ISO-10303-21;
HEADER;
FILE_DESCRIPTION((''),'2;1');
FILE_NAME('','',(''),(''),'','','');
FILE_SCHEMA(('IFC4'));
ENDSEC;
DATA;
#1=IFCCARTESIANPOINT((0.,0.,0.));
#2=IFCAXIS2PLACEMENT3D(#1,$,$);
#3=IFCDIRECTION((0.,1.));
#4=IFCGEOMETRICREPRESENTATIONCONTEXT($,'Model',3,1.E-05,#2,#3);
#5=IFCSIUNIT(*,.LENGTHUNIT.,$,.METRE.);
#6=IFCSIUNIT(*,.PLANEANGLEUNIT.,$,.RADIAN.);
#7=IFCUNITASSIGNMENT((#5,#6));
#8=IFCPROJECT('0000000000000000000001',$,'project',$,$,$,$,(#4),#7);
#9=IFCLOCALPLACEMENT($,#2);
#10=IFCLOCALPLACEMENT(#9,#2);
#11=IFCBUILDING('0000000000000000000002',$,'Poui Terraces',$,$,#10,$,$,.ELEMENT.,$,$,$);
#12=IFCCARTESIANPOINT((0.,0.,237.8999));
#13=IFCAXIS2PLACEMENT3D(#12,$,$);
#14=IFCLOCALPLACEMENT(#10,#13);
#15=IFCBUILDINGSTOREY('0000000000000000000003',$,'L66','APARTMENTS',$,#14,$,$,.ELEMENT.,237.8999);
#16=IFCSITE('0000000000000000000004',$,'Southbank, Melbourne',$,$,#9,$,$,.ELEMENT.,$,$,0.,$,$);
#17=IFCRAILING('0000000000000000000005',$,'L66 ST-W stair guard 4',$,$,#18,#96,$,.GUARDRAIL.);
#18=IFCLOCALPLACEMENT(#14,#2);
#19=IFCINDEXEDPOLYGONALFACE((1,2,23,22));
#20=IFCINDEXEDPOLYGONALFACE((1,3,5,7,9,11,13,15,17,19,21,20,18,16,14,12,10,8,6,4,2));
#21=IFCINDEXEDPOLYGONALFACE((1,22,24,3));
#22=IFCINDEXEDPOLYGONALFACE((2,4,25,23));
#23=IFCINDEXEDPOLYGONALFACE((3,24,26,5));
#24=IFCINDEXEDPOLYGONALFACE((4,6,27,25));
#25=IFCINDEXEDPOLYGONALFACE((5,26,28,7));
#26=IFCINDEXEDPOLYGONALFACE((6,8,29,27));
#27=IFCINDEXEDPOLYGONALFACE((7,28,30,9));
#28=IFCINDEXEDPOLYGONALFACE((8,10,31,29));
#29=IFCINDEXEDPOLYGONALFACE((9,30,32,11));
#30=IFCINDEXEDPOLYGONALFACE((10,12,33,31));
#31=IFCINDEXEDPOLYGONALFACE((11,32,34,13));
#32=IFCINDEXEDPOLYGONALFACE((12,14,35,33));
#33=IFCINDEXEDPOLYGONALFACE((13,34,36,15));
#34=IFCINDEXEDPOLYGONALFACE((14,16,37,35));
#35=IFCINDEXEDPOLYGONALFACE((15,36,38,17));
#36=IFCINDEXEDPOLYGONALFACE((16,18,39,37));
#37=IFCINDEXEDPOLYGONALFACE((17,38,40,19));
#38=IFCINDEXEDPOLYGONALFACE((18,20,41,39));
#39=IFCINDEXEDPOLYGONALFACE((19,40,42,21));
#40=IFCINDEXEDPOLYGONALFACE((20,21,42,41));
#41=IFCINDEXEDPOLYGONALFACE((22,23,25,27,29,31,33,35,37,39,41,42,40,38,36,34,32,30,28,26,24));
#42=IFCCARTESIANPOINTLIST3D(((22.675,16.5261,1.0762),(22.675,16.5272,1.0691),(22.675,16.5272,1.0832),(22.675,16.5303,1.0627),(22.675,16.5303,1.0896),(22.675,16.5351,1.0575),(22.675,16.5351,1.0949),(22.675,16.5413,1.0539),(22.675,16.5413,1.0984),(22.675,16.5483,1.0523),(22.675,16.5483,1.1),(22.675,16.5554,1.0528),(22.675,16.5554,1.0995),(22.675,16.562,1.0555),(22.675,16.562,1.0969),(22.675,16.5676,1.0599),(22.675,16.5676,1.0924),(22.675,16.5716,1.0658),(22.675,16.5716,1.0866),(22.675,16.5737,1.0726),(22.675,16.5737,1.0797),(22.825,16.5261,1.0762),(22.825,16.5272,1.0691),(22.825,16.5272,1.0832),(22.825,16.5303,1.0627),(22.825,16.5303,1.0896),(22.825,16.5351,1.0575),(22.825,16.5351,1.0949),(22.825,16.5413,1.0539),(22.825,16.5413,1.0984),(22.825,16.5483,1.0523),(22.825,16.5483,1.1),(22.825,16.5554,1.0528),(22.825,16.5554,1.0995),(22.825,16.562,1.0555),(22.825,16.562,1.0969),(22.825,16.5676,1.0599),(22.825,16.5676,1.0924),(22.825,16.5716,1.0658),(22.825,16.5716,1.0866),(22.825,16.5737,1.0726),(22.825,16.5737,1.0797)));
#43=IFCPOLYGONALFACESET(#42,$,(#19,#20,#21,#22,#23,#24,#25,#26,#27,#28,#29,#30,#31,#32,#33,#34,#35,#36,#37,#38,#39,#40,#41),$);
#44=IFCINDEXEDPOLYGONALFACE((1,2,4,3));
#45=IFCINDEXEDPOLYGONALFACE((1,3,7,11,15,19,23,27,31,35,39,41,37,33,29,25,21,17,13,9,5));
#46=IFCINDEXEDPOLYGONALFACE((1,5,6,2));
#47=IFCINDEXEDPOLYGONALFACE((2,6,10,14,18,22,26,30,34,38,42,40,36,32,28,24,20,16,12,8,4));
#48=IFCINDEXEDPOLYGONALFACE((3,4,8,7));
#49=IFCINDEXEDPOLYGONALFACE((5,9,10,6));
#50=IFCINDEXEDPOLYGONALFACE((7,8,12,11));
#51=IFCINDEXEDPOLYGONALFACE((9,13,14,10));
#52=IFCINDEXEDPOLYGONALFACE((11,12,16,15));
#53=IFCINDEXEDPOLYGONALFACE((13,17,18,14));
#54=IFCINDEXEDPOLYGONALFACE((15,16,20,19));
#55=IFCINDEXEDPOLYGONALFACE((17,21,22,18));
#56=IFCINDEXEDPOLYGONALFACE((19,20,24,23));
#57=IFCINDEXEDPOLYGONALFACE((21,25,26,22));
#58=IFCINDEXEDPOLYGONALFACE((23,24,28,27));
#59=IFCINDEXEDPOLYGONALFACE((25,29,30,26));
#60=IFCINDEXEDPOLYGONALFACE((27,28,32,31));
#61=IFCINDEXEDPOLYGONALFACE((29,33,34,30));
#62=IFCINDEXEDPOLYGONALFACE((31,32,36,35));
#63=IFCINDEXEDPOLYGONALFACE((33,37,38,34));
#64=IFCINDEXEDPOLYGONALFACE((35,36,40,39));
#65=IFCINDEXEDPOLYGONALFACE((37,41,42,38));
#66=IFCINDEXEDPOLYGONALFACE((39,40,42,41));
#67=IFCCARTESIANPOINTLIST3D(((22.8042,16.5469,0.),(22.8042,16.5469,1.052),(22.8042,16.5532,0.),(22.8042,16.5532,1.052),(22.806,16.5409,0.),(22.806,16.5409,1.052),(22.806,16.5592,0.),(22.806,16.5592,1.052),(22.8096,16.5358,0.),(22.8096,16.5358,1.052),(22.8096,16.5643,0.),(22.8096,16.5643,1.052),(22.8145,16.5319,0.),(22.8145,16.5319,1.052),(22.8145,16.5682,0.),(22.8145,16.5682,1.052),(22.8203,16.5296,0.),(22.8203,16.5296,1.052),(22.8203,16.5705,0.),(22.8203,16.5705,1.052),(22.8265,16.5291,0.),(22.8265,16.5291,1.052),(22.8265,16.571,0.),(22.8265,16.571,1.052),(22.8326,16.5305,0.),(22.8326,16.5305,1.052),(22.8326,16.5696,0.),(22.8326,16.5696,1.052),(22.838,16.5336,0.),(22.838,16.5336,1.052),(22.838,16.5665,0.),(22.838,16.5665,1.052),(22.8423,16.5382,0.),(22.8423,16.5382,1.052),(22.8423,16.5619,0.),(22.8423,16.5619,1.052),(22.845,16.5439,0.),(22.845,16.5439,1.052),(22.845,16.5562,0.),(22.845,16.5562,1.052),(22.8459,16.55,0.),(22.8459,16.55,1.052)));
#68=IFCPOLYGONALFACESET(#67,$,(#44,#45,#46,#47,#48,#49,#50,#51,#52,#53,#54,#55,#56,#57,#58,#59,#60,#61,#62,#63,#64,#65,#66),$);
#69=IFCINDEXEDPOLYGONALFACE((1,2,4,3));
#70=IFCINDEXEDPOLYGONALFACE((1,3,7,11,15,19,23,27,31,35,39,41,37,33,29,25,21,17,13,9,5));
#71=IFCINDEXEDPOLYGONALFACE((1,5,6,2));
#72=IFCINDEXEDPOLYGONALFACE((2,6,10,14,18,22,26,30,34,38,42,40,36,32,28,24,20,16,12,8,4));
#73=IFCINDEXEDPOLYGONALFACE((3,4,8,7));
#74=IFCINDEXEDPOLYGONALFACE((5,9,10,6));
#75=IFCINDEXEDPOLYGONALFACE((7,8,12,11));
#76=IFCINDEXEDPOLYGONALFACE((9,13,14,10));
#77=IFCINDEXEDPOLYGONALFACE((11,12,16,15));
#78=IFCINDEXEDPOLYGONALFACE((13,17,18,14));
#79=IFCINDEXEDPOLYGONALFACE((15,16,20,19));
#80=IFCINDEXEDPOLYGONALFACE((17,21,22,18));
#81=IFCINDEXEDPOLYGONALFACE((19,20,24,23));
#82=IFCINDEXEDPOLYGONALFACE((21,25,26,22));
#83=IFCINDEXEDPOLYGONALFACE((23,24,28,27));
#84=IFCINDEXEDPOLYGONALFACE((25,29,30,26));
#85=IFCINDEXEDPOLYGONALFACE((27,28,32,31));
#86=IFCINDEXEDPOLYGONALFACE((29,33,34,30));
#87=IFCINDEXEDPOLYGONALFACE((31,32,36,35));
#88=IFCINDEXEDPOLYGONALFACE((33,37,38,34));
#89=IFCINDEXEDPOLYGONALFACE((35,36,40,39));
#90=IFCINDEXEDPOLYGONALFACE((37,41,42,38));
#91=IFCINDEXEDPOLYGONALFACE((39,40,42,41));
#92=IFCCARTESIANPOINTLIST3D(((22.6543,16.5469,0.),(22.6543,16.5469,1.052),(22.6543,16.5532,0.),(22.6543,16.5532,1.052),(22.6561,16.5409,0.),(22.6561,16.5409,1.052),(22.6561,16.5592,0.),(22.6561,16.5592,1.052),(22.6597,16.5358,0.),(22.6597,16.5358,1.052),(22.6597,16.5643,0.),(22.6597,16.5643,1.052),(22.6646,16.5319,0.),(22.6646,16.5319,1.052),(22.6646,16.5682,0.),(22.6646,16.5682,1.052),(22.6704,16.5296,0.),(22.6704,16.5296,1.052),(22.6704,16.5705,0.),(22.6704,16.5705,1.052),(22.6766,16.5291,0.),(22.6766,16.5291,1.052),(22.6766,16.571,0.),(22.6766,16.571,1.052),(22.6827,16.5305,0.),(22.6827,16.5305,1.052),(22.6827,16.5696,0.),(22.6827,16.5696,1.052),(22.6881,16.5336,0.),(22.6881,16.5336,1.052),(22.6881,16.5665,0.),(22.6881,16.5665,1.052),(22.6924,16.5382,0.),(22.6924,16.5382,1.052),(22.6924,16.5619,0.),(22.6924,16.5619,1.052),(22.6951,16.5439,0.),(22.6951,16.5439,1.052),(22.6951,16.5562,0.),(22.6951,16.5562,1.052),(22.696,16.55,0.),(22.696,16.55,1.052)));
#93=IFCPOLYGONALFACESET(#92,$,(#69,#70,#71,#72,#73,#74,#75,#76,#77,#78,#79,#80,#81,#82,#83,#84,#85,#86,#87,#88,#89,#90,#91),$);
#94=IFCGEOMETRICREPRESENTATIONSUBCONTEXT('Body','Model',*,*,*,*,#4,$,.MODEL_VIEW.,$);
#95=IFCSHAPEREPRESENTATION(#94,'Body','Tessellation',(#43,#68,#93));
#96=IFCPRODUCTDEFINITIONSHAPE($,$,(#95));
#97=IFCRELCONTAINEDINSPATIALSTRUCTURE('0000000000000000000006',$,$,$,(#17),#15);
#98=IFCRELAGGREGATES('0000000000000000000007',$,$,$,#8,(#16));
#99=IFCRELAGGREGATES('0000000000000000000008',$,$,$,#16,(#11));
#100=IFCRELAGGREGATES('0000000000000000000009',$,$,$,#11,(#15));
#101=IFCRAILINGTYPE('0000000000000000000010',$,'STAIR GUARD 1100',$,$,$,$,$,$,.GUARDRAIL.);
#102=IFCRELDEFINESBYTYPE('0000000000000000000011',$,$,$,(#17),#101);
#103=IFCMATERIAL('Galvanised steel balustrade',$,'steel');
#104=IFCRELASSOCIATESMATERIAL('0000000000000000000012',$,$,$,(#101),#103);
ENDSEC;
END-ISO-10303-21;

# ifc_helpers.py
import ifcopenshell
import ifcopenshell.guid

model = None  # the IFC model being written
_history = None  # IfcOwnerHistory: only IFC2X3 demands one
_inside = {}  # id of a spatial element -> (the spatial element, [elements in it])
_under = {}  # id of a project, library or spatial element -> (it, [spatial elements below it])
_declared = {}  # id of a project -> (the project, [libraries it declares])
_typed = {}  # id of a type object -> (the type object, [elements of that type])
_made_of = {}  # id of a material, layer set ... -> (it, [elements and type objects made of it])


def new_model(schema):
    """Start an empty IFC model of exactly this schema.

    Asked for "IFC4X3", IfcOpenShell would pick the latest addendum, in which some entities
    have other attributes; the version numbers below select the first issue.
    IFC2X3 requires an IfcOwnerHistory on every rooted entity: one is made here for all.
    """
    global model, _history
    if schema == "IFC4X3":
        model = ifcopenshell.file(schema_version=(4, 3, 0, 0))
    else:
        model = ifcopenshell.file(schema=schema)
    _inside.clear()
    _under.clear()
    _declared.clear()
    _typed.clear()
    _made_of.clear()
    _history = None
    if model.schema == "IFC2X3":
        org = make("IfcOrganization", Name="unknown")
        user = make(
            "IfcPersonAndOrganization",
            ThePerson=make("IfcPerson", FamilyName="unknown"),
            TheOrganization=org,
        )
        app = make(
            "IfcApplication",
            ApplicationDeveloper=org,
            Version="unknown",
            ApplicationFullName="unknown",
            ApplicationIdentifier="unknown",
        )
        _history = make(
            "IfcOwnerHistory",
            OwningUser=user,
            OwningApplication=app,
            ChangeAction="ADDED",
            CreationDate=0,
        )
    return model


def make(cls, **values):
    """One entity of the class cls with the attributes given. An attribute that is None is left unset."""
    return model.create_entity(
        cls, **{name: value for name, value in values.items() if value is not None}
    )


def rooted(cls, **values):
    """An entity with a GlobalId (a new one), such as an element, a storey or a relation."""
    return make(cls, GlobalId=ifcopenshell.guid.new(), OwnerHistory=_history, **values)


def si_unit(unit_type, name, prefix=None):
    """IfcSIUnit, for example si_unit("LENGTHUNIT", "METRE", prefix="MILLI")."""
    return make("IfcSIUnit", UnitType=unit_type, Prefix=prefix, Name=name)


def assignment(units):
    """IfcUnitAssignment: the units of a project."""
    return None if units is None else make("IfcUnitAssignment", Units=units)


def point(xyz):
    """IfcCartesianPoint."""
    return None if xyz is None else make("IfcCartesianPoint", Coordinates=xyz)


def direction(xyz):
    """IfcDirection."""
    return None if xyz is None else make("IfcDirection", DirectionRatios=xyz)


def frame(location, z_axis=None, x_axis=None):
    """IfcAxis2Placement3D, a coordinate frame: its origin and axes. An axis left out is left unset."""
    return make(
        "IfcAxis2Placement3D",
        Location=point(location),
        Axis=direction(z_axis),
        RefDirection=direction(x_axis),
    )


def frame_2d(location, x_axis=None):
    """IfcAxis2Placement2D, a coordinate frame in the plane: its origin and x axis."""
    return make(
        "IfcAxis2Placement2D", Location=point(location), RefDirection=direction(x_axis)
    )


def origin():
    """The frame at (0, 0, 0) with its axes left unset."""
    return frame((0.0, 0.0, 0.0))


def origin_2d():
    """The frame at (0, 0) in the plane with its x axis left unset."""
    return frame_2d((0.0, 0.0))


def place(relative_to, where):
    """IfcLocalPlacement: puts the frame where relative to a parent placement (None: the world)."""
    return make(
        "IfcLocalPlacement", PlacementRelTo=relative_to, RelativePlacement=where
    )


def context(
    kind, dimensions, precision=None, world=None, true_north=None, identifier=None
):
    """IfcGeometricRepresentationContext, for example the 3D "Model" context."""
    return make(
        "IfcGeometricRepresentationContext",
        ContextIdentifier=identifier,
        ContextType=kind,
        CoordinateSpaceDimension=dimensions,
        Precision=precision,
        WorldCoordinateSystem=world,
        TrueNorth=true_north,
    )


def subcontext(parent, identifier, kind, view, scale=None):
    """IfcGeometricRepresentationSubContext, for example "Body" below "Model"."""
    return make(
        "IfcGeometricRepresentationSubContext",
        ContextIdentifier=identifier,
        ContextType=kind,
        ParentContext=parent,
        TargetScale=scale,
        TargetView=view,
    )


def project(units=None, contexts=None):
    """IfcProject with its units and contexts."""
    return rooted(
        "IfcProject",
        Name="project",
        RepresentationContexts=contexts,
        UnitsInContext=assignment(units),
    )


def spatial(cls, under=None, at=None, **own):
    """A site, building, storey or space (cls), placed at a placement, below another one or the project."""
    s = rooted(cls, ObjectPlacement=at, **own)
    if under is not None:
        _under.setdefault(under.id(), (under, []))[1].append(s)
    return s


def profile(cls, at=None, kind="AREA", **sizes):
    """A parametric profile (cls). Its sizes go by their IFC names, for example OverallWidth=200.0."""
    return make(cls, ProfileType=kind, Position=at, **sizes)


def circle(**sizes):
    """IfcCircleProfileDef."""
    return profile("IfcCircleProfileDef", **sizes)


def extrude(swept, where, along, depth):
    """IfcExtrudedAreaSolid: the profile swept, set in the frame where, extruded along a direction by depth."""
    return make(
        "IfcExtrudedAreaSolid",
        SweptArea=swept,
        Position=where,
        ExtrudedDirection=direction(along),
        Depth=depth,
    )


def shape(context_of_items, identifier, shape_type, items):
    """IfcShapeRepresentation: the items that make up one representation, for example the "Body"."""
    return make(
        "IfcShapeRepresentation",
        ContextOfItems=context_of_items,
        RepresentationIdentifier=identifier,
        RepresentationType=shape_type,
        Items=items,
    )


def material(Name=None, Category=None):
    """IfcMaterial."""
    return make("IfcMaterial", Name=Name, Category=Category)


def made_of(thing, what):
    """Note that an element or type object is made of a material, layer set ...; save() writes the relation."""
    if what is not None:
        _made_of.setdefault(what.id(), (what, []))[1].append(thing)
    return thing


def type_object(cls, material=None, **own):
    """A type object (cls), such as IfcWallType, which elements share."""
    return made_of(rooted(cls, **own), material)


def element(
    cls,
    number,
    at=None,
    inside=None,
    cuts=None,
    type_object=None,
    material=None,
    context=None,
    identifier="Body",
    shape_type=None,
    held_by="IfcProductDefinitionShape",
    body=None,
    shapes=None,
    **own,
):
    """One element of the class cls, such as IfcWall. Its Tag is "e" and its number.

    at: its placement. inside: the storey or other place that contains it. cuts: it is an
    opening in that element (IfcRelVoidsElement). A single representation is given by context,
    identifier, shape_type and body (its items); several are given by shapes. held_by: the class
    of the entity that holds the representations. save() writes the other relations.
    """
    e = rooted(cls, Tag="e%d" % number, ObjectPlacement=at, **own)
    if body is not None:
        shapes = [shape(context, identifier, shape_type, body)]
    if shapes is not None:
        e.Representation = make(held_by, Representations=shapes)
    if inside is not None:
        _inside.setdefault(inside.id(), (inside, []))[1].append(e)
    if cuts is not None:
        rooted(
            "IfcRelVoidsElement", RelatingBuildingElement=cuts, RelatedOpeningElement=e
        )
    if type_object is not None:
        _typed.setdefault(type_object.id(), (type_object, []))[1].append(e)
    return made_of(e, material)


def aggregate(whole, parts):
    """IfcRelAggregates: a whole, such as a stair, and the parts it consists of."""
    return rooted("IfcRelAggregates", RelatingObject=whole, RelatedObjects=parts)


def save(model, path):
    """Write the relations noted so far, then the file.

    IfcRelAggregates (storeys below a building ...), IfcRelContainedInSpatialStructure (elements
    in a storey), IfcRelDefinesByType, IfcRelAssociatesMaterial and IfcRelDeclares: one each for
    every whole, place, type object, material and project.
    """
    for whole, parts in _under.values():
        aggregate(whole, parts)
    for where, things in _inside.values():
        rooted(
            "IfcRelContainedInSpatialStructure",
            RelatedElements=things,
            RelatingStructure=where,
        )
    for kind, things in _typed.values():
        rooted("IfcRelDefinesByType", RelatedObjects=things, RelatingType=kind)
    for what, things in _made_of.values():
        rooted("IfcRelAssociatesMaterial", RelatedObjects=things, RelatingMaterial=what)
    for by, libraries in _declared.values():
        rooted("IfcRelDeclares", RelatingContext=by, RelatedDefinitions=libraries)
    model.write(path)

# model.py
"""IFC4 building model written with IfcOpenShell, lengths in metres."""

from ifc_helpers import new_model, si_unit, direction, frame, origin, origin_2d, place, context, subcontext, project, spatial, circle, extrude, material, type_object, element, save


model = new_model("IFC4")

# Units and contexts
model_context = context("Model", 3, precision=1e-05, world=origin(), true_north=direction((0.0, 1.0)))
body_context = subcontext(model_context, "Body", "Model", "MODEL_VIEW")
ifc_project = project(units=[si_unit("LENGTHUNIT", "METRE"), si_unit("PLANEANGLEUNIT", "RADIAN")], contexts=[model_context])

# Site, building, storey
site_placement = place(None, origin())
site = spatial("IfcSite", under=ifc_project, at=site_placement, Name="Southbank, Melbourne", CompositionType="ELEMENT", RefElevation=0.0)
building_placement = place(site_placement, origin())
building = spatial("IfcBuilding", under=site, at=building_placement, Name="Poui Terraces", CompositionType="ELEMENT")
storey_placement = place(building_placement, frame((0.0, 0.0, 237.8999)))
storey = spatial("IfcBuildingStorey", under=building, at=storey_placement, Name="L66", Description="APARTMENTS", CompositionType="ELEMENT", Elevation=237.8999)

# Railing
ifc_material_1 = material(Name="Galvanised steel balustrade", Category="steel")
railing_type_1 = type_object("IfcRailingType", Name="STAIR GUARD 1100", PredefinedType="GUARDRAIL", material=ifc_material_1)
railing_1_placement = place(storey_placement, frame((22.825, 16.55, 0.0)))
element("IfcRailing", 1, at=railing_1_placement, inside=storey, type_object=railing_type_1, Name="L66 ST-W stair guard 4", PredefinedType="GUARDRAIL", context=body_context, shape_type="SweptSolid", body=[
    extrude(circle(Radius=0.0239, at=origin_2d()), frame((0.0, 0.0, 1.0762), z_axis=(-1.0, 0.0, 0.0), x_axis=(0.0, -1.0, 0.0)), (0.0, 0.0, 1.0), 0.1499),
    extrude(circle(Radius=0.021, at=origin_2d()), origin(), (0.0, 0.0, 1.0), 1.052),
    extrude(circle(Radius=0.021, at=origin_2d()), frame((-0.1499, 0.0, 0.0)), (0.0, 0.0, 1.0), 1.052),
])

save(model, "model.ifc")
